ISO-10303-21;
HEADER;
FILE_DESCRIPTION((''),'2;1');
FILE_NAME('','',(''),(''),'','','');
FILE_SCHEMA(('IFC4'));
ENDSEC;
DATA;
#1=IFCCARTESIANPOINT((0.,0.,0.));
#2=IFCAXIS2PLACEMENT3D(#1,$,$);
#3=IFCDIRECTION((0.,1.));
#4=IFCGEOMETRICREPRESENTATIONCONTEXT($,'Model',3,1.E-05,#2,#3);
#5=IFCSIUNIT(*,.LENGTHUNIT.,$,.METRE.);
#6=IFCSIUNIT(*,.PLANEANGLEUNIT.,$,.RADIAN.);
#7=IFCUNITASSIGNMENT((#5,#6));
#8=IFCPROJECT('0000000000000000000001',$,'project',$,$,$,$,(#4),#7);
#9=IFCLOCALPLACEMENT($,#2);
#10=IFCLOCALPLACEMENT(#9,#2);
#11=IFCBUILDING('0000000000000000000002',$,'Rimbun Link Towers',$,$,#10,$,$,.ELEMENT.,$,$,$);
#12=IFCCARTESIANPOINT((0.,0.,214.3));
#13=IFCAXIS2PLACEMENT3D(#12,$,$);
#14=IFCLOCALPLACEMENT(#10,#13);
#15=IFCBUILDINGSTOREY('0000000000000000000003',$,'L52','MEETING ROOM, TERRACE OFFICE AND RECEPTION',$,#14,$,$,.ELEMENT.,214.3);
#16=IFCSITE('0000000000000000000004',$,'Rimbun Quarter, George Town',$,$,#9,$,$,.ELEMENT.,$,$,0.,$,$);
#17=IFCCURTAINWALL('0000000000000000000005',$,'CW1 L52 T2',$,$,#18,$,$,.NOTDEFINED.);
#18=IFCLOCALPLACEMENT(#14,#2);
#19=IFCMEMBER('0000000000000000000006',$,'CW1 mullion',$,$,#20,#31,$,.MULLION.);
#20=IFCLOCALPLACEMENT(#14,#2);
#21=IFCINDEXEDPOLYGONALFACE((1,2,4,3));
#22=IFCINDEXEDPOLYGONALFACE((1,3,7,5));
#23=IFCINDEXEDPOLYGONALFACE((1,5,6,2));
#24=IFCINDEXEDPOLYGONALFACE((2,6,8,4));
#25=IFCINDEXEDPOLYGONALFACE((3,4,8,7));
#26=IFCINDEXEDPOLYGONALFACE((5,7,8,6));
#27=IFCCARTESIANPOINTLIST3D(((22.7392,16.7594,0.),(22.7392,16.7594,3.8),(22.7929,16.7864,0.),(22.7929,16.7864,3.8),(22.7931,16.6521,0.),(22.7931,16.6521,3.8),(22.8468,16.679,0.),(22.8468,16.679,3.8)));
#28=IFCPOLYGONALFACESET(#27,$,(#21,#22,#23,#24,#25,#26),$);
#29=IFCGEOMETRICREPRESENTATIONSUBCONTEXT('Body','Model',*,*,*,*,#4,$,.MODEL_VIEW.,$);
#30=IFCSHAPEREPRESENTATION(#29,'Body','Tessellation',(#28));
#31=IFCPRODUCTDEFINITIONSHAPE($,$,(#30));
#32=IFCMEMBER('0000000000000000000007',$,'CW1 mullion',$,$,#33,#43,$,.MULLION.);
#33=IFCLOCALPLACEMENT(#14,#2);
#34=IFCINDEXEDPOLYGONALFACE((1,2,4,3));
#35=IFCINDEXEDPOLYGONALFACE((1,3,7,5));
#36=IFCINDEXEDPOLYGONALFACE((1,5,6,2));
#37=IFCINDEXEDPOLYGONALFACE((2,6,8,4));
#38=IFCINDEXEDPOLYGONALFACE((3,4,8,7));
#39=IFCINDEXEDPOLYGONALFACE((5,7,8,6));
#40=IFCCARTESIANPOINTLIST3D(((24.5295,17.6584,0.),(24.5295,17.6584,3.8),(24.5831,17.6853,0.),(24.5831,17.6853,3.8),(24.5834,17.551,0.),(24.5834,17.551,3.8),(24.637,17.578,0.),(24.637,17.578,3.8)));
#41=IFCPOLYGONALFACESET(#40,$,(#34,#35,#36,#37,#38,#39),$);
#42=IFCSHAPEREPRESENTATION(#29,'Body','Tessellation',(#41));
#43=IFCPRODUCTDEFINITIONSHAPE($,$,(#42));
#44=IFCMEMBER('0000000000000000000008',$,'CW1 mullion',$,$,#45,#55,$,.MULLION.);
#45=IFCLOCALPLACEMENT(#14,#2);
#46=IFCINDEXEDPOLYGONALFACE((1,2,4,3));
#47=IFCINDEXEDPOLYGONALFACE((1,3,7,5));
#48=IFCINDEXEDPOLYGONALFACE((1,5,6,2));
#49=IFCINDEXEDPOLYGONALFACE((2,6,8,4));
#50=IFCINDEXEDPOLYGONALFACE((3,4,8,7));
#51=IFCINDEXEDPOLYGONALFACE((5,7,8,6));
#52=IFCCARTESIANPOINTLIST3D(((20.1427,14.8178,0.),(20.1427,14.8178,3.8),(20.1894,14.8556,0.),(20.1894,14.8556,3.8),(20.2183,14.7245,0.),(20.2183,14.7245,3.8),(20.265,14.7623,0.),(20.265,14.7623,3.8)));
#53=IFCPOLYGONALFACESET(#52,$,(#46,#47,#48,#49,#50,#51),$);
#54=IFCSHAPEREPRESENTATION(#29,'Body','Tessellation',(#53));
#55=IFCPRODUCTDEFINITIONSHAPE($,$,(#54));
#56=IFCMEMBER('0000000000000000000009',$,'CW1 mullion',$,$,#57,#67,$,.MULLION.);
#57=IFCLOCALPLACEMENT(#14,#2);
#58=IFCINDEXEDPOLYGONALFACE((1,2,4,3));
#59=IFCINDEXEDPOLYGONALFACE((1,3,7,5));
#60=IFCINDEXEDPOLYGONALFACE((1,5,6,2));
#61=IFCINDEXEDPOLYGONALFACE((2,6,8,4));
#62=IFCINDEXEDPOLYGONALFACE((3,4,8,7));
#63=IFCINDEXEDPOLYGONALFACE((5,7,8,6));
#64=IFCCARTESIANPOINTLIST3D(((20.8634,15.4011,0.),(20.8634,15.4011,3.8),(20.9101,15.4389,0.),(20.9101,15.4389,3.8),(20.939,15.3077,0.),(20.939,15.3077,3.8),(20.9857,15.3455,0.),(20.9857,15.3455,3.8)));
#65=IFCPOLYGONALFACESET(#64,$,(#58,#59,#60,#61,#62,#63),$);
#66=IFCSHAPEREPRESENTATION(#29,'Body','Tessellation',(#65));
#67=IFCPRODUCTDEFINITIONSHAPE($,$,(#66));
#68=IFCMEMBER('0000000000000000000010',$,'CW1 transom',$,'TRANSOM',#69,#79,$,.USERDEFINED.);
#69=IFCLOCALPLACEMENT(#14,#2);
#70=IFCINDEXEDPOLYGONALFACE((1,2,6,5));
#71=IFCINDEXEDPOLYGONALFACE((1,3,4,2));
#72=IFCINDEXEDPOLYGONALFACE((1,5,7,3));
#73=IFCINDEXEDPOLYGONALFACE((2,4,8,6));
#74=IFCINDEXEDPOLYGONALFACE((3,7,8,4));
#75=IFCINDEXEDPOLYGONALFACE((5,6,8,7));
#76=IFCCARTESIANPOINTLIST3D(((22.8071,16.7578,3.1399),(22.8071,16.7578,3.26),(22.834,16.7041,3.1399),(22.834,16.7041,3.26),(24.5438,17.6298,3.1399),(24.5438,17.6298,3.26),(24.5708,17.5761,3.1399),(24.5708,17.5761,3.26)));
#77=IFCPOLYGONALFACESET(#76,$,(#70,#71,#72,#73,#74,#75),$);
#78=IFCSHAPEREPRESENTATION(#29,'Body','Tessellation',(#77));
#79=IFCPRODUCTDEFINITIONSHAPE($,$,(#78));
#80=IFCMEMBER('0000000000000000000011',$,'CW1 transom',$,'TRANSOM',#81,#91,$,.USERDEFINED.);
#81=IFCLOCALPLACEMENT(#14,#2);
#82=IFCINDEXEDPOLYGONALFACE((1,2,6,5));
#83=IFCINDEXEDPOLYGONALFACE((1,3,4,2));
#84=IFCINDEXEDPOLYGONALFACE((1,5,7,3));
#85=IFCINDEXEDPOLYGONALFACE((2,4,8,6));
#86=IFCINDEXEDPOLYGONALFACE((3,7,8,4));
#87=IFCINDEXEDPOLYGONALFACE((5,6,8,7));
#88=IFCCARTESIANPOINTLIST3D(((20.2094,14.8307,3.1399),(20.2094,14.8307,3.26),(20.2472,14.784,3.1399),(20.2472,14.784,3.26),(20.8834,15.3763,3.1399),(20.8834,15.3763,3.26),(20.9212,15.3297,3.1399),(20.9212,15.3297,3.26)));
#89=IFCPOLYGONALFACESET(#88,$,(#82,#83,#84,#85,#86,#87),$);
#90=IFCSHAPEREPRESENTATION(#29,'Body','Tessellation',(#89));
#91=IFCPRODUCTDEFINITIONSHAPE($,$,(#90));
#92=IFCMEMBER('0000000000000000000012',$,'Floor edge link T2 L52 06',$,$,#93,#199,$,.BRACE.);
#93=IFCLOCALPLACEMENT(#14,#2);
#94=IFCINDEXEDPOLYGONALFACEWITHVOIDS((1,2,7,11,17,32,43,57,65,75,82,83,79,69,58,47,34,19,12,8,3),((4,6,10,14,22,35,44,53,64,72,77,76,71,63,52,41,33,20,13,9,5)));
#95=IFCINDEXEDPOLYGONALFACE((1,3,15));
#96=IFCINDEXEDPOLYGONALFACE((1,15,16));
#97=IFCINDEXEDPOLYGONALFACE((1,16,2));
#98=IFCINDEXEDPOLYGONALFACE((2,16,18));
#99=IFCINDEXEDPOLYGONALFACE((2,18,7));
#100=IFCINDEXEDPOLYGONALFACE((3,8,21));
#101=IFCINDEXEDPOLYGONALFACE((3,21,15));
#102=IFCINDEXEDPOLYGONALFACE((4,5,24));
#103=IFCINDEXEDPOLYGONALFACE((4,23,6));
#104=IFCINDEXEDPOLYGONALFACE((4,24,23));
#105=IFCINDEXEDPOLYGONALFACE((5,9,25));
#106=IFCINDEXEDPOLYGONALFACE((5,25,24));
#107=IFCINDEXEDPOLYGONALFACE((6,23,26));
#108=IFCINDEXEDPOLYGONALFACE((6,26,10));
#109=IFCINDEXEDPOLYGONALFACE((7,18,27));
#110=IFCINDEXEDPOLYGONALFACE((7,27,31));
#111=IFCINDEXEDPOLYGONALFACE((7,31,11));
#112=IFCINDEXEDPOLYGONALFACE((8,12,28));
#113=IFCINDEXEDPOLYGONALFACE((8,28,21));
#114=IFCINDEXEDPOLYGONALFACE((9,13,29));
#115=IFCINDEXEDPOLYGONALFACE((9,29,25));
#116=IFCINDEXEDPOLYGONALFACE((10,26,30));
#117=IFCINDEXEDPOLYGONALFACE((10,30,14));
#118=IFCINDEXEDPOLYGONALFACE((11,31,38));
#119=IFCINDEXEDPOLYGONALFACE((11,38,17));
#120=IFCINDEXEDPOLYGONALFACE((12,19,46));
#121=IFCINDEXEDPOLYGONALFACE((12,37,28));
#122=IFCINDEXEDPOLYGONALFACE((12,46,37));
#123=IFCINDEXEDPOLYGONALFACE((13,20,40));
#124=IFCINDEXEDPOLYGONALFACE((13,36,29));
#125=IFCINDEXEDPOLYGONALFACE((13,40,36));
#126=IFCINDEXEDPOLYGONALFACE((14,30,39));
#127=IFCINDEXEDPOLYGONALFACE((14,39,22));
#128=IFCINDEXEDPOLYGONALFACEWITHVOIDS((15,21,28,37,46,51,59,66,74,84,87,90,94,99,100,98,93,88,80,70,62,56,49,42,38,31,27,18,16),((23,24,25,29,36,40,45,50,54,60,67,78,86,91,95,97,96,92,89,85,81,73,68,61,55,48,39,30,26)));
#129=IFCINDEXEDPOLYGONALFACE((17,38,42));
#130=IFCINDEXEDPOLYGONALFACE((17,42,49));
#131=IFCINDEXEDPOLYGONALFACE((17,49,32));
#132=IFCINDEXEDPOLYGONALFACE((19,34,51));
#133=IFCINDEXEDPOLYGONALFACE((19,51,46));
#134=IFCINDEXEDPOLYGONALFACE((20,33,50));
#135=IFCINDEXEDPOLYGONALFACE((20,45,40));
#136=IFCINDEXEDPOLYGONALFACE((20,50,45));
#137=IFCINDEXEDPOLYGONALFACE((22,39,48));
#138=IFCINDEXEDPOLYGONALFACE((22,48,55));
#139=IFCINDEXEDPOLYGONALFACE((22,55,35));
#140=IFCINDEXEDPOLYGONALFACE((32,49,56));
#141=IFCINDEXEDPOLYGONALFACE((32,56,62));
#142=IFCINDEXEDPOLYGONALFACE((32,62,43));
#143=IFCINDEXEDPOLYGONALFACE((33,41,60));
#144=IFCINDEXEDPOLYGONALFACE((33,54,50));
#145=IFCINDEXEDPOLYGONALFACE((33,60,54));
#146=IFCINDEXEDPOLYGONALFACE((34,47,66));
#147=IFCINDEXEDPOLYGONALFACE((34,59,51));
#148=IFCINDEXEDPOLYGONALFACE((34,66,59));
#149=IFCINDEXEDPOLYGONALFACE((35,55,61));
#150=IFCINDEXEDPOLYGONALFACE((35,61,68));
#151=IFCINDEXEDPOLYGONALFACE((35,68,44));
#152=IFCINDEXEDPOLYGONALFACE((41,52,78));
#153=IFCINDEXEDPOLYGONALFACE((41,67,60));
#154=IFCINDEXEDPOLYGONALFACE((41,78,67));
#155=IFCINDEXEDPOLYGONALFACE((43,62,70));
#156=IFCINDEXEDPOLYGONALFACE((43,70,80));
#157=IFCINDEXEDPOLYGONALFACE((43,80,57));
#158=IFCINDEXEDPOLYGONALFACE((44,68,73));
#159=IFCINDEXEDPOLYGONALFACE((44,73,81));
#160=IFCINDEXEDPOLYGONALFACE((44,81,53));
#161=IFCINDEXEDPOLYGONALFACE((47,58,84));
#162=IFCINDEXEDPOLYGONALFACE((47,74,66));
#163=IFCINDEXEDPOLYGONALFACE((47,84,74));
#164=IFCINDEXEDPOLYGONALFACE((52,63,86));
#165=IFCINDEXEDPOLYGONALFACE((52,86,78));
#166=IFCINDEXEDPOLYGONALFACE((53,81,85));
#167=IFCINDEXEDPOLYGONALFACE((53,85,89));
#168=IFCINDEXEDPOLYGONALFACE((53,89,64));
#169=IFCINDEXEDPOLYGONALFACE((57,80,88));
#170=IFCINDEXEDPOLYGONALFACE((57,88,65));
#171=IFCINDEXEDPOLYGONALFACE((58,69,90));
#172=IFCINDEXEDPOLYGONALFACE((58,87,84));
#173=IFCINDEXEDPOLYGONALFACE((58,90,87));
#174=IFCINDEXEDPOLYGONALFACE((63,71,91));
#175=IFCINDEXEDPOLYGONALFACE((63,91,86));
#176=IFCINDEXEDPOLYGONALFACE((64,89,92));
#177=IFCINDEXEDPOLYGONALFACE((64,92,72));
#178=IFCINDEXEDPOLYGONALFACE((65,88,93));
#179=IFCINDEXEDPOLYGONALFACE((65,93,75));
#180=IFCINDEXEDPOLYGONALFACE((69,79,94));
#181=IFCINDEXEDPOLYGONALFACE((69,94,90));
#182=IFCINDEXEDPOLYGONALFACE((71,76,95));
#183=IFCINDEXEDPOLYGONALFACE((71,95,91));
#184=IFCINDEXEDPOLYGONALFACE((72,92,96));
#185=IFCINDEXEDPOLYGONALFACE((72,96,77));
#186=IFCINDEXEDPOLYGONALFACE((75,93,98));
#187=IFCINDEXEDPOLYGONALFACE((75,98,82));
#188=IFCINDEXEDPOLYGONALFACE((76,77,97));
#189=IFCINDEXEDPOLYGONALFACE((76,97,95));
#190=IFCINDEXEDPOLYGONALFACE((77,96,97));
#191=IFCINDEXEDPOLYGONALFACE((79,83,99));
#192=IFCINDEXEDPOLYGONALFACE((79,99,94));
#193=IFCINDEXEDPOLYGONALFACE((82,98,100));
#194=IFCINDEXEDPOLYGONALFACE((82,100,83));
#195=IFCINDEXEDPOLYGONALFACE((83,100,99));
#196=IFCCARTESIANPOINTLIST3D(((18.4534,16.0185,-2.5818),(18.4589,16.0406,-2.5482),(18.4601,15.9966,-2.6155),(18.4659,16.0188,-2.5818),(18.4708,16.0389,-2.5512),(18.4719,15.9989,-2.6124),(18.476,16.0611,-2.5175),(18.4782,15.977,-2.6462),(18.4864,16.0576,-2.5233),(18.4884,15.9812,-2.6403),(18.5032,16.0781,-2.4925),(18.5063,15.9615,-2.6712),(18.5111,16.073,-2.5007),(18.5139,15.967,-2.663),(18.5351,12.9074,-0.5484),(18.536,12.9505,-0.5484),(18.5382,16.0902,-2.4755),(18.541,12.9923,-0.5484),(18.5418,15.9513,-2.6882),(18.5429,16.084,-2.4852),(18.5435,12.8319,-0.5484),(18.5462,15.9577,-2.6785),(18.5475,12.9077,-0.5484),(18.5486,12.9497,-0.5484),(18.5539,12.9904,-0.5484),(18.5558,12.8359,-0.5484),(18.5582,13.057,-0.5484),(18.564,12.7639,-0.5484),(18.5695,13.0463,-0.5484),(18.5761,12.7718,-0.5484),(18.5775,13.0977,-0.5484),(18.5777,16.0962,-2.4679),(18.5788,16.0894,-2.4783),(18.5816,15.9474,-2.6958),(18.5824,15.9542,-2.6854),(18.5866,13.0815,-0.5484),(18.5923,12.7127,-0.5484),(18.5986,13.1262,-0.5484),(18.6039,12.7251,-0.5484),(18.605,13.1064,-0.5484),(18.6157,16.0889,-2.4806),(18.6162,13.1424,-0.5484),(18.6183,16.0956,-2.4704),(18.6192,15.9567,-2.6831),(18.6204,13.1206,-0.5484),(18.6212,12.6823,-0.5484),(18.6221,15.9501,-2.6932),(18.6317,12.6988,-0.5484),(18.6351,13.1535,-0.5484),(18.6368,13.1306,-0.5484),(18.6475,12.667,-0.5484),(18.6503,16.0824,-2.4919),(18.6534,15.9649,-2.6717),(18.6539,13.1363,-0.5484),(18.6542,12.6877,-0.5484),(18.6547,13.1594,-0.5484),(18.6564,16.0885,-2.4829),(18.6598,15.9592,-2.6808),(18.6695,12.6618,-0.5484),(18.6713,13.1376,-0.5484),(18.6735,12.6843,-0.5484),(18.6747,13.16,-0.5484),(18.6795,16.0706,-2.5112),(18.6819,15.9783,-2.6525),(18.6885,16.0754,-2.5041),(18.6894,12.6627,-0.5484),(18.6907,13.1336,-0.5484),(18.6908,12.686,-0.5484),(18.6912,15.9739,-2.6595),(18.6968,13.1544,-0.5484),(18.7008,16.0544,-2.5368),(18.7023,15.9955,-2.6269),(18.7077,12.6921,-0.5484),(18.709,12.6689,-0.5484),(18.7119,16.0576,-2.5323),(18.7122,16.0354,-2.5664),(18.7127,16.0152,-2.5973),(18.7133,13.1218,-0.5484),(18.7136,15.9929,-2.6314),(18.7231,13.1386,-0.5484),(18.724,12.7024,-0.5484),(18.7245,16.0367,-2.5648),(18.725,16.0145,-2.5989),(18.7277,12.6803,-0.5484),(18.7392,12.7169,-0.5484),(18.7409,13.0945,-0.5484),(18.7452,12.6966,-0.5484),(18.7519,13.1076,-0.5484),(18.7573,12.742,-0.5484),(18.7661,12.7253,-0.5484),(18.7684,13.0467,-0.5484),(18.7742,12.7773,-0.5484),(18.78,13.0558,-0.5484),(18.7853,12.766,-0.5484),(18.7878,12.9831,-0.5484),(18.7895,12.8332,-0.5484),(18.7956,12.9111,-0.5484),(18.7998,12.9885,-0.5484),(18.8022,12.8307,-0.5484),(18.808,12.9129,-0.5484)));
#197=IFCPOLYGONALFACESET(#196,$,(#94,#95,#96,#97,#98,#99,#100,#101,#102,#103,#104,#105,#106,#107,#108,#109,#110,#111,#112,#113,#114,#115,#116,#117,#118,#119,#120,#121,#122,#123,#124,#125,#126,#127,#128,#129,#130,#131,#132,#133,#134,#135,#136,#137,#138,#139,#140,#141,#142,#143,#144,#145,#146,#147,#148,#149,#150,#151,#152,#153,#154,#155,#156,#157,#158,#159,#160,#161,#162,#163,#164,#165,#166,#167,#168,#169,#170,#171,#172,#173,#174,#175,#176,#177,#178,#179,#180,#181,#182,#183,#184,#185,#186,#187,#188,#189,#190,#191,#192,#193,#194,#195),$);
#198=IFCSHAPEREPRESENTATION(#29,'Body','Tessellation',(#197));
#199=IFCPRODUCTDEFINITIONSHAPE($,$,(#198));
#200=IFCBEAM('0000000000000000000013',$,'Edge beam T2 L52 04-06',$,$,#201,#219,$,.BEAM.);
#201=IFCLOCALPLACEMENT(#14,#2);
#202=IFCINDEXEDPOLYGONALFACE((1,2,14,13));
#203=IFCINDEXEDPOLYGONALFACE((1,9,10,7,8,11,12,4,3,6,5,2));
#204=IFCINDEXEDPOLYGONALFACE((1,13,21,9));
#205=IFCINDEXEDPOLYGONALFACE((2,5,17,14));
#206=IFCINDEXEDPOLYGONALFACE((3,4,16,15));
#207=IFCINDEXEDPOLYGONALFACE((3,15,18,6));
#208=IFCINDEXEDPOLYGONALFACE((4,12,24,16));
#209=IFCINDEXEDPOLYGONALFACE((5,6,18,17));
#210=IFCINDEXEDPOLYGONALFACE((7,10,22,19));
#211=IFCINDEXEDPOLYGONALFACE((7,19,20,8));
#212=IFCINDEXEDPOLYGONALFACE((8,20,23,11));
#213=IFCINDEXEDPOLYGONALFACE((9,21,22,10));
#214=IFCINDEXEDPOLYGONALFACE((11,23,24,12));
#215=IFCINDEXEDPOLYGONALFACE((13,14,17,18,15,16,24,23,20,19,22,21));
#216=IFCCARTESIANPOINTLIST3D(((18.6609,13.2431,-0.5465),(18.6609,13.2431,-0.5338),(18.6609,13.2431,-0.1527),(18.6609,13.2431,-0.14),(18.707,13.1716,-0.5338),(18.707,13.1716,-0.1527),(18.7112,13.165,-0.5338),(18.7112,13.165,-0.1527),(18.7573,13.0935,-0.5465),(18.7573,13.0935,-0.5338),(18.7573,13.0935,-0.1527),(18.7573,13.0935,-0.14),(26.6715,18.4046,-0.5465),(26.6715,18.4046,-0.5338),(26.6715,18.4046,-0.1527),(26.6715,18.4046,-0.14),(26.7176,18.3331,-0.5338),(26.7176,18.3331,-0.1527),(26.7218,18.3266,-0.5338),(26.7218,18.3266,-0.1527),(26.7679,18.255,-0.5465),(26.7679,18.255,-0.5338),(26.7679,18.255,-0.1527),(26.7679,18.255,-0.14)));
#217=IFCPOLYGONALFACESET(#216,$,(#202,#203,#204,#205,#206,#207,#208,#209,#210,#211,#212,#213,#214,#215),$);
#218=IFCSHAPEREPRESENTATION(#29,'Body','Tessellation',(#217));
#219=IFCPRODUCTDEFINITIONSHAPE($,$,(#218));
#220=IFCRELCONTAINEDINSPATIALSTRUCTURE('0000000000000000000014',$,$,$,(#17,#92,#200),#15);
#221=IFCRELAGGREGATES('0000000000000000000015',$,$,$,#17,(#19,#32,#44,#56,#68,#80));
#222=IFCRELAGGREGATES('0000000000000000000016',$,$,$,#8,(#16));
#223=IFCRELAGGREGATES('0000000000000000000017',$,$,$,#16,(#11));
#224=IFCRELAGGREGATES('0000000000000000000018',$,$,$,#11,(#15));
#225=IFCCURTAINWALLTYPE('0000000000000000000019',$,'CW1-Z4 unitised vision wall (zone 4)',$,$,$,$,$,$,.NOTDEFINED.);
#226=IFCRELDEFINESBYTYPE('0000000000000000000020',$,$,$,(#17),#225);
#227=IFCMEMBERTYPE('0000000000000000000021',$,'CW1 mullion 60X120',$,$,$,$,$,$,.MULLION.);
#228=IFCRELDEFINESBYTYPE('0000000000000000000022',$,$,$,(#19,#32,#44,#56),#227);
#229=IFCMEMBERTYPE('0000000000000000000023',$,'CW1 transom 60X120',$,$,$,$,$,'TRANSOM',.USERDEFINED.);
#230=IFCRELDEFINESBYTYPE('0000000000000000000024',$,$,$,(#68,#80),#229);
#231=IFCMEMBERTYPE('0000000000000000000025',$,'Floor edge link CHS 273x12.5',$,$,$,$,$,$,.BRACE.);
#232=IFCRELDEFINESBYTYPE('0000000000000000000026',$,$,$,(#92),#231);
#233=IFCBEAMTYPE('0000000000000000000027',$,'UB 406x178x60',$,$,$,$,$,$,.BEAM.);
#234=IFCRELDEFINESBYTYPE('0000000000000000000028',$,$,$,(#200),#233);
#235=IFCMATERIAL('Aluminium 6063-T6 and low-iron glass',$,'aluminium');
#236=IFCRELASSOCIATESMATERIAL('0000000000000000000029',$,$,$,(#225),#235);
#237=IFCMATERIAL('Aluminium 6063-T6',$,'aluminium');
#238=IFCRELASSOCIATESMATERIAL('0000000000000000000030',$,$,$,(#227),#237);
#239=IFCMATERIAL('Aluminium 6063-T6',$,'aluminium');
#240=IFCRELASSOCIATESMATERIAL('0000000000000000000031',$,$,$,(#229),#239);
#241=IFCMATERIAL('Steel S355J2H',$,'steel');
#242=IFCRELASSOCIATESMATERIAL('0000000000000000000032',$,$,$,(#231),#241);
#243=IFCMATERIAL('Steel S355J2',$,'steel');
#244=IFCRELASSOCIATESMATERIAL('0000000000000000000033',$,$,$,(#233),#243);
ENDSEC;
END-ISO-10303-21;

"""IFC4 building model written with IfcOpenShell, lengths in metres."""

from ifc_helpers import new_model, si_unit, direction, frame, origin, origin_2d, place, context, subcontext, project, spatial, rectangle, hollow_circle, i_section, extrude, clip, halfspace, material, material_profile, profile_set, type_object, element, aggregate, save


model = new_model("IFC4")

# Units and contexts
model_context = context("Model", 3, precision=1e-05, world=origin(), true_north=direction((0.0, 1.0)))
body_context = subcontext(model_context, "Body", "Model", "MODEL_VIEW")
ifc_project = project(units=[si_unit("LENGTHUNIT", "METRE"), si_unit("PLANEANGLEUNIT", "RADIAN")], contexts=[model_context])

# Site, building, storey
site_placement = place(None, origin())
site = spatial("IfcSite", under=ifc_project, at=site_placement, Name="Rimbun Quarter, George Town", CompositionType="ELEMENT", RefElevation=0.0)
building_placement = place(site_placement, origin())
building = spatial("IfcBuilding", under=site, at=building_placement, Name="Rimbun Link Towers", CompositionType="ELEMENT")
storey_placement = place(building_placement, frame((0.0, 0.0, 214.3)))
storey = spatial("IfcBuildingStorey", under=building, at=storey_placement, Name="L52", Description="MEETING ROOM, TERRACE OFFICE AND RECEPTION", CompositionType="ELEMENT", Elevation=214.3)

# Curtain wall, members
ifc_material_1 = material(Name="Aluminium 6063-T6 and low-iron glass", Category="aluminium")
curtain_wall_type = type_object("IfcCurtainWallType", Name="CW1-Z4 unitised vision wall (zone 4)", PredefinedType="NOTDEFINED", material=ifc_material_1)
curtain_wall_placement = place(storey_placement, origin())
curtain_wall = element("IfcCurtainWall", 1, at=curtain_wall_placement, inside=storey, type_object=curtain_wall_type, Name="CW1 L52 T2", PredefinedType="NOTDEFINED")
ifc_material_2 = material(Name="Aluminium 6063-T6", Category="aluminium")
ifc_material_profile_1 = material_profile(ifc_material_2, rectangle(XDim=0.1201, YDim=0.0601, at=origin_2d()), Name="MULLION 60X120")
ifc_profile_set_1 = profile_set([ifc_material_profile_1], Name="Aluminium 6063-T6")
member_type_1 = type_object("IfcMemberType", Name="CW1 mullion 60X120", PredefinedType="MULLION", material=ifc_profile_set_1)
member_1_placement = place(storey_placement, frame((22.793, 16.7192, 0.0), z_axis=(0.0, 0.0, 1.0), x_axis=(-0.448764, 0.89365, 0.0)))
member_1 = element("IfcMember", 2, at=member_1_placement, type_object=member_type_1, Name="CW1 mullion", PredefinedType="MULLION", context=body_context, shape_type="SweptSolid", body=[
    extrude(rectangle(XDim=0.1201, YDim=0.0601, at=origin_2d()), origin(), (0.0, 0.0, 1.0), 3.8),
])
member_2_placement = place(storey_placement, frame((24.5833, 17.6182, 0.0), z_axis=(0.0, 0.0, 1.0), x_axis=(-0.448764, 0.89365, 0.0)))
member_2 = element("IfcMember", 3, at=member_2_placement, type_object=member_type_1, Name="CW1 mullion", PredefinedType="MULLION", context=body_context, shape_type="SweptSolid", body=[
    extrude(rectangle(XDim=0.1201, YDim=0.0601, at=origin_2d()), origin(), (0.0, 0.0, 1.0), 3.8),
])
member_3_placement = place(storey_placement, frame((20.2039, 14.79, 0.0), z_axis=(0.0, 0.0, 1.0), x_axis=(-0.629172, 0.777266, 0.0)))
member_3 = element("IfcMember", 4, at=member_3_placement, type_object=member_type_1, Name="CW1 mullion", PredefinedType="MULLION", context=body_context, shape_type="SweptSolid", body=[
    extrude(rectangle(XDim=0.1201, YDim=0.0601, at=origin_2d()), origin(), (0.0, 0.0, 1.0), 3.8),
])
member_4_placement = place(storey_placement, frame((20.9246, 15.3733, 0.0), z_axis=(0.0, 0.0, 1.0), x_axis=(-0.629172, 0.777266, 0.0)))
member_4 = element("IfcMember", 5, at=member_4_placement, type_object=member_type_1, Name="CW1 mullion", PredefinedType="MULLION", context=body_context, shape_type="SweptSolid", body=[
    extrude(rectangle(XDim=0.1201, YDim=0.0601, at=origin_2d()), origin(), (0.0, 0.0, 1.0), 3.8),
])
ifc_material_3 = material(Name="Aluminium 6063-T6", Category="aluminium")
ifc_material_profile_2 = material_profile(ifc_material_3, rectangle(XDim=0.0601, YDim=0.1201, at=origin_2d()), Name="TRANSOM 60X120")
ifc_profile_set_2 = profile_set([ifc_material_profile_2], Name="Aluminium 6063-T6")
member_type_2 = type_object("IfcMemberType", Name="CW1 transom 60X120", ElementType="TRANSOM", PredefinedType="USERDEFINED", material=ifc_profile_set_2)
member_5_placement = place(storey_placement, frame((22.8206, 16.731, 3.2), z_axis=(0.893672, 0.44872, 0.0), x_axis=(-0.44872, 0.893672, 0.0)))
member_5 = element("IfcMember", 6, at=member_5_placement, type_object=member_type_2, Name="CW1 transom", ObjectType="TRANSOM", PredefinedType="USERDEFINED", context=body_context, shape_type="SweptSolid", body=[
    extrude(rectangle(XDim=0.0601, YDim=0.1201, at=origin_2d()), origin(), (0.0, 0.0, 1.0), 1.9434),
])
member_6_placement = place(storey_placement, frame((20.2283, 14.8074, 3.2), z_axis=(0.777258, 0.629182, 0.0), x_axis=(-0.629182, 0.777258, 0.0)))
member_6 = element("IfcMember", 7, at=member_6_placement, type_object=member_type_2, Name="CW1 transom", ObjectType="TRANSOM", PredefinedType="USERDEFINED", context=body_context, shape_type="SweptSolid", body=[
    extrude(rectangle(XDim=0.0601, YDim=0.1201, at=origin_2d()), origin(), (0.0, 0.0, 1.0), 0.8672),
])

# Member
ifc_material_4 = material(Name="Steel S355J2H", Category="steel")
ifc_material_profile_3 = material_profile(ifc_material_4, hollow_circle(Radius=0.1365, WallThickness=0.0125, at=origin_2d()), Name="CHS 273x12.5")
ifc_profile_set_3 = profile_set([ifc_material_profile_3], Name="Steel S355J2H")
member_type_3 = type_object("IfcMemberType", Name="Floor edge link CHS 273x12.5", PredefinedType="BRACE", material=ifc_profile_set_3)
member_7_placement = place(storey_placement, frame((18.667, 13.083, -0.6609), z_axis=(-0.021968, 0.836863, -0.546971), x_axis=(-0.999656, -0.026241, 0.0)))
element("IfcMember", 8, at=member_7_placement, inside=storey, type_object=member_type_3, Name="Floor edge link T2 L52 06", PredefinedType="BRACE", context=body_context, shape_type="Clipping", body=[
    clip(extrude(hollow_circle(Radius=0.1365, WallThickness=0.0125, at=origin_2d()), frame((0.0, 0.0, -0.436)), (0.0, 0.0, 1.0), 3.948), halfspace(frame((0.0, 0.0, -0.2056), z_axis=(0.0, 0.837151, -0.546971)), False)),
])

# Beam
ifc_material_5 = material(Name="Steel S355J2", Category="steel")
ifc_material_profile_4 = material_profile(ifc_material_5, i_section(OverallWidth=0.178, OverallDepth=0.4065, WebThickness=0.0078, FlangeThickness=0.0127, at=origin_2d()), Name="UB 406x178x60")
ifc_profile_set_4 = profile_set([ifc_material_profile_4], Name="Steel S355J2")
beam_type = type_object("IfcBeamType", Name="UB 406x178x60", PredefinedType="BEAM", material=ifc_profile_set_4)
beam_1_placement = place(storey_placement, frame((26.7197, 18.3298, -0.3433), z_axis=(-0.840612, -0.541638, 0.0), x_axis=(0.541638, -0.840612, 0.0)))
element("IfcBeam", 9, at=beam_1_placement, inside=storey, type_object=beam_type, Name="Edge beam T2 L52 04-06", PredefinedType="BEAM", context=body_context, shape_type="SweptSolid", body=[
    extrude(i_section(OverallWidth=0.178, OverallDepth=0.4065, WebThickness=0.0078, FlangeThickness=0.0127, at=origin_2d()), origin(), (0.0, 0.0, 1.0), 9.5295),
])

aggregate(curtain_wall, [member_1, member_2, member_3, member_4, member_5, member_6])

save(model, "model.ifc")
